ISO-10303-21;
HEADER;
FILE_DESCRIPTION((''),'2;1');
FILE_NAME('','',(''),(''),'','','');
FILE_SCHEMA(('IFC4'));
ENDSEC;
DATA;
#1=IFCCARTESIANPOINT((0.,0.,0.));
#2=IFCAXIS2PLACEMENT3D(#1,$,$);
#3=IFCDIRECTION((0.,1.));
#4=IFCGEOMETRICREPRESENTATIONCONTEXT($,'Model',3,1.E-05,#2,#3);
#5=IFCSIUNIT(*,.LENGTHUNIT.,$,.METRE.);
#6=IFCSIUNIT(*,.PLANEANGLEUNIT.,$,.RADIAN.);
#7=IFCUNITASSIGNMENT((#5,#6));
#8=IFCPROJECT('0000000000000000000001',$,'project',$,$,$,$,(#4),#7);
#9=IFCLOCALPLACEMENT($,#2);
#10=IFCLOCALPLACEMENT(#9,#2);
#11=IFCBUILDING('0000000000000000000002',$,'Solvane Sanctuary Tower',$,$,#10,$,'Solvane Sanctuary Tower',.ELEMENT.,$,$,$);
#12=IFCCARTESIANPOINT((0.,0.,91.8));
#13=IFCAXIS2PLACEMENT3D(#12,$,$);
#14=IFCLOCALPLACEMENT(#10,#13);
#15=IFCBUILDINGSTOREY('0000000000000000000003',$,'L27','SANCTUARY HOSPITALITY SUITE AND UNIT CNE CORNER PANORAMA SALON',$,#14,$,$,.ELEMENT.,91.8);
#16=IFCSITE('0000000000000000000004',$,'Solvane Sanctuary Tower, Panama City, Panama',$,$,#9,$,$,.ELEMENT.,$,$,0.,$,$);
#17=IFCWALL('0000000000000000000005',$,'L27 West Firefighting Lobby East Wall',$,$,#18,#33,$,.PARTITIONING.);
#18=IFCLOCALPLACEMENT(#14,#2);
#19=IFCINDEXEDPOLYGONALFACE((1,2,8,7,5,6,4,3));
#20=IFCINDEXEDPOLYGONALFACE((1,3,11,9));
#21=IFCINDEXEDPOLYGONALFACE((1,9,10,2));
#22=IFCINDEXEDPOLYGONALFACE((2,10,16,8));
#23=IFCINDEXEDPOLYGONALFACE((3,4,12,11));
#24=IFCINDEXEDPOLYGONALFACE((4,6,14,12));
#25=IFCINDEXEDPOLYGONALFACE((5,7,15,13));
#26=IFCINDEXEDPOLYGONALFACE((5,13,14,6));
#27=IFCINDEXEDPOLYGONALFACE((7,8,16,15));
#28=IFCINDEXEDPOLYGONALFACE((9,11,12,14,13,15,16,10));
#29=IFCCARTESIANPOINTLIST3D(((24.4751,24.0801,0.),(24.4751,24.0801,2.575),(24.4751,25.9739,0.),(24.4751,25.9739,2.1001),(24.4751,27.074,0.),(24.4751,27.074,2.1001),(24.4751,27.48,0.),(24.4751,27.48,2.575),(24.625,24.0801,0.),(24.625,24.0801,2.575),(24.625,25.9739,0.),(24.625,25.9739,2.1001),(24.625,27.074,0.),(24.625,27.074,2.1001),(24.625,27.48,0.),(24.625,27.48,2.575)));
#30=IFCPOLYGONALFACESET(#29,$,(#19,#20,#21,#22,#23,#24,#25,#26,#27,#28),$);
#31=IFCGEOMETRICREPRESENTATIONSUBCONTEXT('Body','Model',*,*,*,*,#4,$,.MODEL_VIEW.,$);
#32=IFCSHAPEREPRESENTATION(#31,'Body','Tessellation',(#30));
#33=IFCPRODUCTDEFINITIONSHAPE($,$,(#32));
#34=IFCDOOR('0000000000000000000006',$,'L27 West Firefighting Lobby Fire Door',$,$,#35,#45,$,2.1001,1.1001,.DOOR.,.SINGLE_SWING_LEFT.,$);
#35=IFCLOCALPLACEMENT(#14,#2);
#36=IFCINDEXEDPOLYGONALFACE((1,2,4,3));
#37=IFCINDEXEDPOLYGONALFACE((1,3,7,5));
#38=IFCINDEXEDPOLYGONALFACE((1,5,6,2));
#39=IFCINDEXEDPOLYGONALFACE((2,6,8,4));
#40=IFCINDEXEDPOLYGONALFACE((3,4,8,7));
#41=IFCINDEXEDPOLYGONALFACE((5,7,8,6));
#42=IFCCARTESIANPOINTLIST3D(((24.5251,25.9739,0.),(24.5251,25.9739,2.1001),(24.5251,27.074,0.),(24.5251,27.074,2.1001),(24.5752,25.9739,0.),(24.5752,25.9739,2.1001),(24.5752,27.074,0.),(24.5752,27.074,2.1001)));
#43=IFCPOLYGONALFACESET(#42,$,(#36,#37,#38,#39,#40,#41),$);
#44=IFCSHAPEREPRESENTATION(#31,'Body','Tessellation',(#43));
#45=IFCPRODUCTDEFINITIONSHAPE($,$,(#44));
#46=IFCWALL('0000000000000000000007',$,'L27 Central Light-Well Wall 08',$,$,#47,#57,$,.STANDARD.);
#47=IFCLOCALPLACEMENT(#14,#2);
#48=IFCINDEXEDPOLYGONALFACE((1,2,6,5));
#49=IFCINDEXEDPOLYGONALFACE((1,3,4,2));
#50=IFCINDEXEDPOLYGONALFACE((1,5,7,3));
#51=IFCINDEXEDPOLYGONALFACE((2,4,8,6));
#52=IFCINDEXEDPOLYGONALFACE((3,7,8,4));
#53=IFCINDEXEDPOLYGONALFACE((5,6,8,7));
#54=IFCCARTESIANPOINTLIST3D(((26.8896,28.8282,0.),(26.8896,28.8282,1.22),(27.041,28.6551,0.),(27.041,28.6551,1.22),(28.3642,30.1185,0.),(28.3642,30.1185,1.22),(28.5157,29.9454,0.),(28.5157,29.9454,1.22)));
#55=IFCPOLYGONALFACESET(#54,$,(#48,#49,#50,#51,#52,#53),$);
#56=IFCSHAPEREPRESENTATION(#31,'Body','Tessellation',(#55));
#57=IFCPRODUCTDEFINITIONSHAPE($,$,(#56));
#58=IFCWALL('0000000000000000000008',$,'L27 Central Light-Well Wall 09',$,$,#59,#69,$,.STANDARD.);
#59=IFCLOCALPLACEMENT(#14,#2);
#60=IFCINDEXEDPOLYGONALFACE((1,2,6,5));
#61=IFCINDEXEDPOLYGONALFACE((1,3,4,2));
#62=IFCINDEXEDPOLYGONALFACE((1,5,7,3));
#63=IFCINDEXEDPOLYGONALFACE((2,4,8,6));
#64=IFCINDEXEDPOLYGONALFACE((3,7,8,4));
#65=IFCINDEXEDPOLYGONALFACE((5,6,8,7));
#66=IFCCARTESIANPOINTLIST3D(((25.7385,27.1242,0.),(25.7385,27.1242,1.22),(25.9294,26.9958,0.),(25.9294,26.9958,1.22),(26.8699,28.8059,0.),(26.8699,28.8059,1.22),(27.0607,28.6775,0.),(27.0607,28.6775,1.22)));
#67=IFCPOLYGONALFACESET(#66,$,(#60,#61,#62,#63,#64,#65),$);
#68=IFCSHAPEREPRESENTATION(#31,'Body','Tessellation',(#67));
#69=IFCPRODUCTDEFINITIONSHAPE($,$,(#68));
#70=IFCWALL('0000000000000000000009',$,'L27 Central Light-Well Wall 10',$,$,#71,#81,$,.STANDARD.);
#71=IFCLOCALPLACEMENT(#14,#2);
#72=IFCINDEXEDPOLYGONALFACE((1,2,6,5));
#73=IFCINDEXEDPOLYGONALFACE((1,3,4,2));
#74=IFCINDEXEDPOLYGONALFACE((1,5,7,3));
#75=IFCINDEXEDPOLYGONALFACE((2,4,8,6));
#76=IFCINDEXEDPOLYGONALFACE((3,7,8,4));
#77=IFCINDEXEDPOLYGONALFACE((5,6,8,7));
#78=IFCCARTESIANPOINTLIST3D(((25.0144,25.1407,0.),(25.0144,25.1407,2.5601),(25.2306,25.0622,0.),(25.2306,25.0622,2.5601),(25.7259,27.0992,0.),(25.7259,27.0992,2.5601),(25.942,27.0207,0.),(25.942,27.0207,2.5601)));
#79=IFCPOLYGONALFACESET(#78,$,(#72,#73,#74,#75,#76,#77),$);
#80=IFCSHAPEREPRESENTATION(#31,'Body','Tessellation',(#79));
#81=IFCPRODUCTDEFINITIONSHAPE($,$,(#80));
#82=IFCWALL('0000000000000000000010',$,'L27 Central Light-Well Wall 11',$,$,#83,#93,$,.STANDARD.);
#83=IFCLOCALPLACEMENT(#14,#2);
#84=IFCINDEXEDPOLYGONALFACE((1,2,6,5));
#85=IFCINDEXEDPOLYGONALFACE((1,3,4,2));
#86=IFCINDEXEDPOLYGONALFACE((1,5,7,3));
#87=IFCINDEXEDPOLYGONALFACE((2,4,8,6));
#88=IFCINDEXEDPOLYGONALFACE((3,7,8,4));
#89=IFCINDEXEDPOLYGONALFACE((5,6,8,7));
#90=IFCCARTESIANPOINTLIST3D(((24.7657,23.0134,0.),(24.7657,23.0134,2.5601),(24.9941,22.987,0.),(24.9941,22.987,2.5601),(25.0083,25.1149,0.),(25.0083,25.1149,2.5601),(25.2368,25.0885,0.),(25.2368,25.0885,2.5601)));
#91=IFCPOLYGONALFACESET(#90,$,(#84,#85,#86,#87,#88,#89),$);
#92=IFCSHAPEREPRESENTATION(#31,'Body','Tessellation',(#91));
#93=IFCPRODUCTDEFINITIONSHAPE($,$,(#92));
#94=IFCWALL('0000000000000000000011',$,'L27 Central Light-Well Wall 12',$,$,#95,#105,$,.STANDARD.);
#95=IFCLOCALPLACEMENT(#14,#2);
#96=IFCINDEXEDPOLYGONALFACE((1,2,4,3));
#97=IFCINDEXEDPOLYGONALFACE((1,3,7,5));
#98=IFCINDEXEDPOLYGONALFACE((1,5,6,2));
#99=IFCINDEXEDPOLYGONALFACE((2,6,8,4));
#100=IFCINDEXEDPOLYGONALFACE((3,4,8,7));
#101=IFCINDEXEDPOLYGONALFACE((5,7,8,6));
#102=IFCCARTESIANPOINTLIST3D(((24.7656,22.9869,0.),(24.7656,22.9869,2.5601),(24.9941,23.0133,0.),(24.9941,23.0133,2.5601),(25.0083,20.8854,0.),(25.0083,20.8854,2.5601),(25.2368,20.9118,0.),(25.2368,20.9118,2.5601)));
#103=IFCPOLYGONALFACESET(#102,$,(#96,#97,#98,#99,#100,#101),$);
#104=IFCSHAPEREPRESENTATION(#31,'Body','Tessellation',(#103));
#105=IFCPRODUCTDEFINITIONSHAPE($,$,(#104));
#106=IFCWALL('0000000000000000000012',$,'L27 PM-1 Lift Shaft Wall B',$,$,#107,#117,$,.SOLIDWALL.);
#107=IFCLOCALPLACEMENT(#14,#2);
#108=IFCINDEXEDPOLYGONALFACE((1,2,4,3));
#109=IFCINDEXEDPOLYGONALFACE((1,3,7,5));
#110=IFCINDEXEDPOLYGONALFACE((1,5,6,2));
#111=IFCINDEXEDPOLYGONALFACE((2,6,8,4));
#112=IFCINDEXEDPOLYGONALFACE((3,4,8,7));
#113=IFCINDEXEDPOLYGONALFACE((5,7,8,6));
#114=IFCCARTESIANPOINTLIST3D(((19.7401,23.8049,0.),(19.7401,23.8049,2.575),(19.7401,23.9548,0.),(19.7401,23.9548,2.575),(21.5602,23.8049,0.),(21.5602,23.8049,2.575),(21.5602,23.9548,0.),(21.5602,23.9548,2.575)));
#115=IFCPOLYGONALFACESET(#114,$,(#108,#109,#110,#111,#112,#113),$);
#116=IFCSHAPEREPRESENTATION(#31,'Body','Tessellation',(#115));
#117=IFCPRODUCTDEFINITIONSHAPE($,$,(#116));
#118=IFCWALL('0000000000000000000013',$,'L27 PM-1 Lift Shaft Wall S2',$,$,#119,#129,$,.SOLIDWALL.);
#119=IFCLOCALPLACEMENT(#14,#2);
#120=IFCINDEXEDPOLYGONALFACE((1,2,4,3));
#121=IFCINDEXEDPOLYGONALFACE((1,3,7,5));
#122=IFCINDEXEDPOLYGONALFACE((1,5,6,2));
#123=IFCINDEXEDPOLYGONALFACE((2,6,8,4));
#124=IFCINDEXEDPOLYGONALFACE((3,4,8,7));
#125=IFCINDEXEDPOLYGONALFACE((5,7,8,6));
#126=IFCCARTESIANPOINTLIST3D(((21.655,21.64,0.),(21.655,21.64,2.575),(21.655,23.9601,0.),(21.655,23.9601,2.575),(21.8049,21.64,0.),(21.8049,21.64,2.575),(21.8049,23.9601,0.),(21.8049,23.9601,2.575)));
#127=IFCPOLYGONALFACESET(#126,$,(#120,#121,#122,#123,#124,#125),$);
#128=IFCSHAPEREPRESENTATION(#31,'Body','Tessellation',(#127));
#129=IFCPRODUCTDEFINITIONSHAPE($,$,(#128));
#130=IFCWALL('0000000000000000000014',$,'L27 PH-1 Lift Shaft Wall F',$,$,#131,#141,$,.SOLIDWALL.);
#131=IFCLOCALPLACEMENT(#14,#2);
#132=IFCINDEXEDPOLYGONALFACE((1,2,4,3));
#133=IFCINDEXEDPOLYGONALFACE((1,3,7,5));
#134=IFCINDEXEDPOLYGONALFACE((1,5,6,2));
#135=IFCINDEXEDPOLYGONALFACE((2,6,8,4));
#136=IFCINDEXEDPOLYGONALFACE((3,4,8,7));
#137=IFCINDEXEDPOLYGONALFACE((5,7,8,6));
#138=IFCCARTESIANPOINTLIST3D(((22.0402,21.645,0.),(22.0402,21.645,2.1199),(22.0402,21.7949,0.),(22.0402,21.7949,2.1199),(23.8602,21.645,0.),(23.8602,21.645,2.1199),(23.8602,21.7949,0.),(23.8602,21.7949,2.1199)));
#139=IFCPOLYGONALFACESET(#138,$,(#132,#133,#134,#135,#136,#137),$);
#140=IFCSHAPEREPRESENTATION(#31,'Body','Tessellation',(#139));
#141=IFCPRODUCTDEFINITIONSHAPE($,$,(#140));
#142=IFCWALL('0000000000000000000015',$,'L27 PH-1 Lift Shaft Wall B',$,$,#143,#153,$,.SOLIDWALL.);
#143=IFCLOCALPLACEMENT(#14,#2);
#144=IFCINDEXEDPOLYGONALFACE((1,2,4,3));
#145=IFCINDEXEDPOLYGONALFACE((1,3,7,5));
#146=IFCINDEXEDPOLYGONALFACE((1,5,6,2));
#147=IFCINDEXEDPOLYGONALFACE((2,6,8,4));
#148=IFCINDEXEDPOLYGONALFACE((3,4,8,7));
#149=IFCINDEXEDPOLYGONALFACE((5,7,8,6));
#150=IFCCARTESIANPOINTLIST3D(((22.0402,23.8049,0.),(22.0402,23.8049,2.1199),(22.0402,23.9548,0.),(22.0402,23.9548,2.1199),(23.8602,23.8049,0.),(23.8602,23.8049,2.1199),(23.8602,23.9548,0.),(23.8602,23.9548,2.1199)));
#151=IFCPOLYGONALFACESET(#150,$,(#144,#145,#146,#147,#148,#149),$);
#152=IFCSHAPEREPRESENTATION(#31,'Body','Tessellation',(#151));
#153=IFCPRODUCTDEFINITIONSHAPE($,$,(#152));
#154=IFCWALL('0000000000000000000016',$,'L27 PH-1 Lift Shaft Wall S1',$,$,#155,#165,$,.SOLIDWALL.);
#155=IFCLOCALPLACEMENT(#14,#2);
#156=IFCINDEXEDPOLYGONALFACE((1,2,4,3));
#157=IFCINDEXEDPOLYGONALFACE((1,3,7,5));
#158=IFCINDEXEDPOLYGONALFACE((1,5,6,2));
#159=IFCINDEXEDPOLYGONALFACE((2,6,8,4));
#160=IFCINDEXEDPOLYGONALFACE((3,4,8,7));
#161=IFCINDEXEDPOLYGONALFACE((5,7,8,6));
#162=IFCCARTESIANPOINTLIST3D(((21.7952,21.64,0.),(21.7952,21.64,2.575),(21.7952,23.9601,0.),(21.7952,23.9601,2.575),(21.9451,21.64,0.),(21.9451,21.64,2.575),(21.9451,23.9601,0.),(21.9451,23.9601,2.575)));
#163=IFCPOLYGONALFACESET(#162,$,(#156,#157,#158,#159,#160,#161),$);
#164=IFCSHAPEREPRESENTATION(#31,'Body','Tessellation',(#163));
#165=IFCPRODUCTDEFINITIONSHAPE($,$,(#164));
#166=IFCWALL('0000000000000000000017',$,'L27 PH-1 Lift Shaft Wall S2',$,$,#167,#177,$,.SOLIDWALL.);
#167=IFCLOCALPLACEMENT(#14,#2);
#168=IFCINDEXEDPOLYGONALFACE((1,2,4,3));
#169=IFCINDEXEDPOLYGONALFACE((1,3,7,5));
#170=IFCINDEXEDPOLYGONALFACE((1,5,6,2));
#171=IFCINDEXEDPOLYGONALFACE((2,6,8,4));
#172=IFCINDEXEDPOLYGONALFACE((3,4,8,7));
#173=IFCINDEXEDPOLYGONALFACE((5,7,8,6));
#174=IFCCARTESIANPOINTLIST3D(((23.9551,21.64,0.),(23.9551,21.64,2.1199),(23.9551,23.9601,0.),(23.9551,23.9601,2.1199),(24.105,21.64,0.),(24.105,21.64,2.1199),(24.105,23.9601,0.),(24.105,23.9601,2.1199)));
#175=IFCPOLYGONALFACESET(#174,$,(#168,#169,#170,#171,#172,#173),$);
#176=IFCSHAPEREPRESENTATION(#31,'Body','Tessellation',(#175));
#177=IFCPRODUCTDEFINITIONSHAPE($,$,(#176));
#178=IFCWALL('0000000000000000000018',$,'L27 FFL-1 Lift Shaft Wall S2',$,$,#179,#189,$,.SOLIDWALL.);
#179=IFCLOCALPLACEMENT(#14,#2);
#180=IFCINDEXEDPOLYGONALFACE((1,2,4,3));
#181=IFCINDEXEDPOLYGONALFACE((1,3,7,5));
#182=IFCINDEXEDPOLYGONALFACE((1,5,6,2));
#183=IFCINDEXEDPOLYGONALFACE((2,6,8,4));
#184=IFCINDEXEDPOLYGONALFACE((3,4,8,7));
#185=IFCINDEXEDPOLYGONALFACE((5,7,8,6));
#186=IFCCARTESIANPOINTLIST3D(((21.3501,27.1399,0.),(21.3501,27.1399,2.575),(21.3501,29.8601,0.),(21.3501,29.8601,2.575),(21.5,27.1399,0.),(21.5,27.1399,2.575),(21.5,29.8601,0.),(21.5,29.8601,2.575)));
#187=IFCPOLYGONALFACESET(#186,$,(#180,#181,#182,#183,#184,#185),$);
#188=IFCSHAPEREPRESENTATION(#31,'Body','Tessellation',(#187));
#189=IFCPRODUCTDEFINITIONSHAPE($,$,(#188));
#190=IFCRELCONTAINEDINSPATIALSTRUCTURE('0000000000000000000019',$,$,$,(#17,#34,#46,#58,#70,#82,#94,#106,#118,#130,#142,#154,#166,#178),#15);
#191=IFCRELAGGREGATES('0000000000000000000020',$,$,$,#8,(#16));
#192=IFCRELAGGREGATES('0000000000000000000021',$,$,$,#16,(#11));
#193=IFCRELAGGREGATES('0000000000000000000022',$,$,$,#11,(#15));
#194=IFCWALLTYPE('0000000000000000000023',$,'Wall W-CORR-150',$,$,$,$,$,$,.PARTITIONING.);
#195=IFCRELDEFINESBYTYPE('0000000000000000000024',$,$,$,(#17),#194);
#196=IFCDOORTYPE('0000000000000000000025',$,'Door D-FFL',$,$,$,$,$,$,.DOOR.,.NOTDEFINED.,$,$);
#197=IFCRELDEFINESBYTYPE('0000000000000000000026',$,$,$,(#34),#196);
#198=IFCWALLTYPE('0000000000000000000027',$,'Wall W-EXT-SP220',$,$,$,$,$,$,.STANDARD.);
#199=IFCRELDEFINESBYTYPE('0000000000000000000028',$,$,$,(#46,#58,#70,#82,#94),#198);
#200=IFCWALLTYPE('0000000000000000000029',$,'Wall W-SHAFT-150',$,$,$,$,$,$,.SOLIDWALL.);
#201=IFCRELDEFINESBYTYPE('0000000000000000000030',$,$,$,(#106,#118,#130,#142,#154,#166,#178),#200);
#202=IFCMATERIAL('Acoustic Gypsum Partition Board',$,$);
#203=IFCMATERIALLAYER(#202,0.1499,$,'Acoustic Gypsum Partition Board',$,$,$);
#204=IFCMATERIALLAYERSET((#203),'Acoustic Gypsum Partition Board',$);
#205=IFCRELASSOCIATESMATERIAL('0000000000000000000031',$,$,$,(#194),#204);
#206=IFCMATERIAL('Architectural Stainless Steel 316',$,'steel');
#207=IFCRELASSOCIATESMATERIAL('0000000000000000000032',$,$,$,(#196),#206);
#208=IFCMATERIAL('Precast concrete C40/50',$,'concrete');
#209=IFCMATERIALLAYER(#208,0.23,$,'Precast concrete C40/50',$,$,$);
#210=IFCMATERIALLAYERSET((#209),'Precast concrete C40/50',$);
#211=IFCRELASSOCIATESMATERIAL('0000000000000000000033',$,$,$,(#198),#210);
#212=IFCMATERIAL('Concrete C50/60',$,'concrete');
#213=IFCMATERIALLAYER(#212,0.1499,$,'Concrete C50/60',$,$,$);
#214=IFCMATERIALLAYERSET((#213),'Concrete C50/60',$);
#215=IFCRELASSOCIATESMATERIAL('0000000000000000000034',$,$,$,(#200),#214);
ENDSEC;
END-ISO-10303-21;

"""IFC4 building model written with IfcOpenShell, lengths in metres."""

from ifc_helpers import new_model, si_unit, direction, frame, frame_2d, origin, place, context, subcontext, project, spatial, rectangle, extrude, material, layer, layer_set, type_object, element, fill, save


model = new_model("IFC4")

# Units and contexts
model_context = context("Model", 3, precision=1e-05, world=origin(), true_north=direction((0.0, 1.0)))
body_context = subcontext(model_context, "Body", "Model", "MODEL_VIEW")
ifc_project = project(units=[si_unit("LENGTHUNIT", "METRE"), si_unit("PLANEANGLEUNIT", "RADIAN")], contexts=[model_context])

# Site, building, storey
site_placement = place(None, origin())
site = spatial("IfcSite", under=ifc_project, at=site_placement, Name="Solvane Sanctuary Tower, Panama City, Panama", CompositionType="ELEMENT", RefElevation=0.0)
building_placement = place(site_placement, origin())
building = spatial("IfcBuilding", under=site, at=building_placement, Name="Solvane Sanctuary Tower", LongName="Solvane Sanctuary Tower", CompositionType="ELEMENT")
storey_placement = place(building_placement, frame((0.0, 0.0, 91.8)))
storey = spatial("IfcBuildingStorey", under=building, at=storey_placement, Name="L27", Description="SANCTUARY HOSPITALITY SUITE AND UNIT CNE CORNER PANORAMA SALON", CompositionType="ELEMENT", Elevation=91.8)

# Wall, opening, door
ifc_material_1 = material(Name="Acoustic Gypsum Partition Board")
ifc_layer_1 = layer(ifc_material_1, 0.1499, Name="Acoustic Gypsum Partition Board")
ifc_layer_set_1 = layer_set([ifc_layer_1], Name="Acoustic Gypsum Partition Board")
wall_type_1 = type_object("IfcWallType", Name="Wall W-CORR-150", PredefinedType="PARTITIONING", material=ifc_layer_set_1)
wall_1_placement = place(storey_placement, frame((24.55, 24.0801, 0.0), z_axis=(0.0, 0.0, 1.0), x_axis=(0.0, 1.0, 0.0)))
wall_1 = element("IfcWall", 1, at=wall_1_placement, inside=storey, type_object=wall_type_1, Name="L27 West Firefighting Lobby East Wall", PredefinedType="PARTITIONING", context=body_context, shape_type="SweptSolid", body=[
    extrude(rectangle(XDim=3.3999, YDim=0.1499, at=frame_2d((1.7, 0.0))), origin(), (0.0, 0.0, 1.0), 2.575),
])
opening_1_placement = place(wall_1_placement, frame((1.8938, 0.0, 0.0)))
opening_1 = element("IfcOpeningElement", 2, at=opening_1_placement, cuts=wall_1, PredefinedType="OPENING", context=body_context, shape_type="SweptSolid", body=[
    extrude(rectangle(XDim=1.1001, YDim=2.1001, at=frame_2d((0.55, 1.05))), frame((0.0, 0.085, 0.0), z_axis=(0.0, -1.0, 0.0), x_axis=(1.0, 0.0, 0.0)), (0.0, 0.0, 1.0), 0.1699),
])
ifc_material_2 = material(Name="Architectural Stainless Steel 316", Category="steel")
door_type_1 = type_object("IfcDoorType", Name="Door D-FFL", OperationType="NOTDEFINED", PredefinedType="DOOR", material=ifc_material_2)
door_1_placement = place(opening_1_placement, origin())
door_1 = element("IfcDoor", 3, at=door_1_placement, inside=storey, type_object=door_type_1, Name="L27 West Firefighting Lobby Fire Door", OperationType="SINGLE_SWING_LEFT", OverallHeight=2.1001, OverallWidth=1.1001, PredefinedType="DOOR", context=body_context, shape_type="SweptSolid", body=[
    extrude(rectangle(XDim=1.1001, YDim=2.1001, at=frame_2d((0.55, 1.05))), frame((0.0, 0.0249, 0.0), z_axis=(0.0, -1.0, 0.0), x_axis=(1.0, 0.0, 0.0)), (0.0, 0.0, 1.0), 0.05),
])
fill(opening_1, door_1)

# Walls
ifc_material_3 = material(Name="Precast concrete C40/50", Category="concrete")
ifc_layer_2 = layer(ifc_material_3, 0.23, Name="Precast concrete C40/50")
ifc_layer_set_2 = layer_set([ifc_layer_2], Name="Precast concrete C40/50")
wall_type_2 = type_object("IfcWallType", Name="Wall W-EXT-SP220", PredefinedType="STANDARD", material=ifc_layer_set_2)
wall_2_placement = place(storey_placement, frame((28.4399, 30.032, 0.0), z_axis=(0.0, 0.0, 1.0), x_axis=(-0.752577, -0.658505, 0.0)))
element("IfcWall", 4, at=wall_2_placement, inside=storey, type_object=wall_type_2, Name="L27 Central Light-Well Wall 08", PredefinedType="STANDARD", context=body_context, shape_type="SweptSolid", body=[
    extrude(rectangle(XDim=1.9595, YDim=0.23, at=frame_2d((0.9797, 0.0))), origin(), (0.0, 0.0, 1.0), 1.22),
])
wall_3_placement = place(storey_placement, frame((26.9653, 28.7417, 0.0), z_axis=(0.0, 0.0, 1.0), x_axis=(-0.558198, -0.829708, 0.0)))
element("IfcWall", 5, at=wall_3_placement, inside=storey, type_object=wall_type_2, Name="L27 Central Light-Well Wall 09", PredefinedType="STANDARD", context=body_context, shape_type="SweptSolid", body=[
    extrude(rectangle(XDim=2.0269, YDim=0.23, at=frame_2d((1.0134, 0.0))), origin(), (0.0, 0.0, 1.0), 1.22),
])
wall_4_placement = place(storey_placement, frame((25.834, 27.0601, 0.0), z_axis=(0.0, 0.0, 1.0), x_axis=(-0.341423, -0.93991, 0.0)))
element("IfcWall", 6, at=wall_4_placement, inside=storey, type_object=wall_type_2, Name="L27 Central Light-Well Wall 10", PredefinedType="STANDARD", context=body_context, shape_type="SweptSolid", body=[
    extrude(rectangle(XDim=2.0837, YDim=0.23, at=frame_2d((1.042, 0.0))), origin(), (0.0, 0.0, 1.0), 2.5601),
])
for number, where, z_axis, x_axis, name in (
    (7, (25.1226, 25.1016, 0.0), (0.0, 0.0, 1.0), (-0.114712, -0.993399, 0.0), "L27 Central Light-Well Wall 11"),
    (8, (24.8799, 23.0, 0.0), (0.0, 0.0, 1.0), (0.114712, -0.993399, 0.0), "L27 Central Light-Well Wall 12"),
):
    element("IfcWall", number, at=place(storey_placement, frame(where, z_axis=z_axis, x_axis=x_axis)), inside=storey, type_object=wall_type_2, Name=name, PredefinedType="STANDARD", context=body_context, shape_type="SweptSolid", body=[
        extrude(rectangle(XDim=2.1155, YDim=0.23, at=frame_2d((1.0576, 0.0))), origin(), (0.0, 0.0, 1.0), 2.5601),
    ])
ifc_material_4 = material(Name="Concrete C50/60", Category="concrete")
ifc_layer_3 = layer(ifc_material_4, 0.1499, Name="Concrete C50/60")
ifc_layer_set_3 = layer_set([ifc_layer_3], Name="Concrete C50/60")
wall_type_3 = type_object("IfcWallType", Name="Wall W-SHAFT-150", PredefinedType="SOLIDWALL", material=ifc_layer_set_3)
wall_5_placement = place(storey_placement, frame((19.74, 23.8799, 0.0), z_axis=(0.0, 0.0, 1.0), x_axis=(1.0, 0.0, 0.0)))
element("IfcWall", 9, at=wall_5_placement, inside=storey, type_object=wall_type_3, Name="L27 PM-1 Lift Shaft Wall B", PredefinedType="SOLIDWALL", context=body_context, shape_type="SweptSolid", body=[
    extrude(rectangle(XDim=1.8201, YDim=0.1499, at=frame_2d((0.9102, 0.0))), origin(), (0.0, 0.0, 1.0), 2.575),
])
wall_6_placement = place(storey_placement, frame((21.73, 21.6399, 0.0), z_axis=(0.0, 0.0, 1.0), x_axis=(0.0, 1.0, 0.0)))
element("IfcWall", 10, at=wall_6_placement, inside=storey, type_object=wall_type_3, Name="L27 PM-1 Lift Shaft Wall S2", PredefinedType="SOLIDWALL", context=body_context, shape_type="SweptSolid", body=[
    extrude(rectangle(XDim=2.3201, YDim=0.1499, at=frame_2d((1.1602, 0.0))), origin(), (0.0, 0.0, 1.0), 2.575),
])
for number, where, z_axis, x_axis, name in (
    (11, (22.04, 21.72, 0.0), (0.0, 0.0, 1.0), (1.0, 0.0, 0.0), "L27 PH-1 Lift Shaft Wall F"),
    (12, (22.04, 23.8799, 0.0), (0.0, 0.0, 1.0), (1.0, 0.0, 0.0), "L27 PH-1 Lift Shaft Wall B"),
):
    element("IfcWall", number, at=place(storey_placement, frame(where, z_axis=z_axis, x_axis=x_axis)), inside=storey, type_object=wall_type_3, Name=name, PredefinedType="SOLIDWALL", context=body_context, shape_type="SweptSolid", body=[
        extrude(rectangle(XDim=1.8201, YDim=0.1499, at=frame_2d((0.9102, 0.0))), origin(), (0.0, 0.0, 1.0), 2.1199),
    ])
wall_7_placement = place(storey_placement, frame((21.8701, 21.6399, 0.0), z_axis=(0.0, 0.0, 1.0), x_axis=(0.0, 1.0, 0.0)))
element("IfcWall", 13, at=wall_7_placement, inside=storey, type_object=wall_type_3, Name="L27 PH-1 Lift Shaft Wall S1", PredefinedType="SOLIDWALL", context=body_context, shape_type="SweptSolid", body=[
    extrude(rectangle(XDim=2.3201, YDim=0.1499, at=frame_2d((1.1602, 0.0))), origin(), (0.0, 0.0, 1.0), 2.575),
])
wall_8_placement = place(storey_placement, frame((24.03, 21.6399, 0.0), z_axis=(0.0, 0.0, 1.0), x_axis=(0.0, 1.0, 0.0)))
element("IfcWall", 14, at=wall_8_placement, inside=storey, type_object=wall_type_3, Name="L27 PH-1 Lift Shaft Wall S2", PredefinedType="SOLIDWALL", context=body_context, shape_type="SweptSolid", body=[
    extrude(rectangle(XDim=2.3201, YDim=0.1499, at=frame_2d((1.1602, 0.0))), origin(), (0.0, 0.0, 1.0), 2.1199),
])
wall_9_placement = place(storey_placement, frame((21.425, 27.1399, 0.0), z_axis=(0.0, 0.0, 1.0), x_axis=(0.0, 1.0, 0.0)))
element("IfcWall", 15, at=wall_9_placement, inside=storey, type_object=wall_type_3, Name="L27 FFL-1 Lift Shaft Wall S2", PredefinedType="SOLIDWALL", context=body_context, shape_type="SweptSolid", body=[
    extrude(rectangle(XDim=2.7202, YDim=0.1499, at=frame_2d((1.3601, 0.0))), origin(), (0.0, 0.0, 1.0), 2.575),
])

save(model, "model.ifc")
